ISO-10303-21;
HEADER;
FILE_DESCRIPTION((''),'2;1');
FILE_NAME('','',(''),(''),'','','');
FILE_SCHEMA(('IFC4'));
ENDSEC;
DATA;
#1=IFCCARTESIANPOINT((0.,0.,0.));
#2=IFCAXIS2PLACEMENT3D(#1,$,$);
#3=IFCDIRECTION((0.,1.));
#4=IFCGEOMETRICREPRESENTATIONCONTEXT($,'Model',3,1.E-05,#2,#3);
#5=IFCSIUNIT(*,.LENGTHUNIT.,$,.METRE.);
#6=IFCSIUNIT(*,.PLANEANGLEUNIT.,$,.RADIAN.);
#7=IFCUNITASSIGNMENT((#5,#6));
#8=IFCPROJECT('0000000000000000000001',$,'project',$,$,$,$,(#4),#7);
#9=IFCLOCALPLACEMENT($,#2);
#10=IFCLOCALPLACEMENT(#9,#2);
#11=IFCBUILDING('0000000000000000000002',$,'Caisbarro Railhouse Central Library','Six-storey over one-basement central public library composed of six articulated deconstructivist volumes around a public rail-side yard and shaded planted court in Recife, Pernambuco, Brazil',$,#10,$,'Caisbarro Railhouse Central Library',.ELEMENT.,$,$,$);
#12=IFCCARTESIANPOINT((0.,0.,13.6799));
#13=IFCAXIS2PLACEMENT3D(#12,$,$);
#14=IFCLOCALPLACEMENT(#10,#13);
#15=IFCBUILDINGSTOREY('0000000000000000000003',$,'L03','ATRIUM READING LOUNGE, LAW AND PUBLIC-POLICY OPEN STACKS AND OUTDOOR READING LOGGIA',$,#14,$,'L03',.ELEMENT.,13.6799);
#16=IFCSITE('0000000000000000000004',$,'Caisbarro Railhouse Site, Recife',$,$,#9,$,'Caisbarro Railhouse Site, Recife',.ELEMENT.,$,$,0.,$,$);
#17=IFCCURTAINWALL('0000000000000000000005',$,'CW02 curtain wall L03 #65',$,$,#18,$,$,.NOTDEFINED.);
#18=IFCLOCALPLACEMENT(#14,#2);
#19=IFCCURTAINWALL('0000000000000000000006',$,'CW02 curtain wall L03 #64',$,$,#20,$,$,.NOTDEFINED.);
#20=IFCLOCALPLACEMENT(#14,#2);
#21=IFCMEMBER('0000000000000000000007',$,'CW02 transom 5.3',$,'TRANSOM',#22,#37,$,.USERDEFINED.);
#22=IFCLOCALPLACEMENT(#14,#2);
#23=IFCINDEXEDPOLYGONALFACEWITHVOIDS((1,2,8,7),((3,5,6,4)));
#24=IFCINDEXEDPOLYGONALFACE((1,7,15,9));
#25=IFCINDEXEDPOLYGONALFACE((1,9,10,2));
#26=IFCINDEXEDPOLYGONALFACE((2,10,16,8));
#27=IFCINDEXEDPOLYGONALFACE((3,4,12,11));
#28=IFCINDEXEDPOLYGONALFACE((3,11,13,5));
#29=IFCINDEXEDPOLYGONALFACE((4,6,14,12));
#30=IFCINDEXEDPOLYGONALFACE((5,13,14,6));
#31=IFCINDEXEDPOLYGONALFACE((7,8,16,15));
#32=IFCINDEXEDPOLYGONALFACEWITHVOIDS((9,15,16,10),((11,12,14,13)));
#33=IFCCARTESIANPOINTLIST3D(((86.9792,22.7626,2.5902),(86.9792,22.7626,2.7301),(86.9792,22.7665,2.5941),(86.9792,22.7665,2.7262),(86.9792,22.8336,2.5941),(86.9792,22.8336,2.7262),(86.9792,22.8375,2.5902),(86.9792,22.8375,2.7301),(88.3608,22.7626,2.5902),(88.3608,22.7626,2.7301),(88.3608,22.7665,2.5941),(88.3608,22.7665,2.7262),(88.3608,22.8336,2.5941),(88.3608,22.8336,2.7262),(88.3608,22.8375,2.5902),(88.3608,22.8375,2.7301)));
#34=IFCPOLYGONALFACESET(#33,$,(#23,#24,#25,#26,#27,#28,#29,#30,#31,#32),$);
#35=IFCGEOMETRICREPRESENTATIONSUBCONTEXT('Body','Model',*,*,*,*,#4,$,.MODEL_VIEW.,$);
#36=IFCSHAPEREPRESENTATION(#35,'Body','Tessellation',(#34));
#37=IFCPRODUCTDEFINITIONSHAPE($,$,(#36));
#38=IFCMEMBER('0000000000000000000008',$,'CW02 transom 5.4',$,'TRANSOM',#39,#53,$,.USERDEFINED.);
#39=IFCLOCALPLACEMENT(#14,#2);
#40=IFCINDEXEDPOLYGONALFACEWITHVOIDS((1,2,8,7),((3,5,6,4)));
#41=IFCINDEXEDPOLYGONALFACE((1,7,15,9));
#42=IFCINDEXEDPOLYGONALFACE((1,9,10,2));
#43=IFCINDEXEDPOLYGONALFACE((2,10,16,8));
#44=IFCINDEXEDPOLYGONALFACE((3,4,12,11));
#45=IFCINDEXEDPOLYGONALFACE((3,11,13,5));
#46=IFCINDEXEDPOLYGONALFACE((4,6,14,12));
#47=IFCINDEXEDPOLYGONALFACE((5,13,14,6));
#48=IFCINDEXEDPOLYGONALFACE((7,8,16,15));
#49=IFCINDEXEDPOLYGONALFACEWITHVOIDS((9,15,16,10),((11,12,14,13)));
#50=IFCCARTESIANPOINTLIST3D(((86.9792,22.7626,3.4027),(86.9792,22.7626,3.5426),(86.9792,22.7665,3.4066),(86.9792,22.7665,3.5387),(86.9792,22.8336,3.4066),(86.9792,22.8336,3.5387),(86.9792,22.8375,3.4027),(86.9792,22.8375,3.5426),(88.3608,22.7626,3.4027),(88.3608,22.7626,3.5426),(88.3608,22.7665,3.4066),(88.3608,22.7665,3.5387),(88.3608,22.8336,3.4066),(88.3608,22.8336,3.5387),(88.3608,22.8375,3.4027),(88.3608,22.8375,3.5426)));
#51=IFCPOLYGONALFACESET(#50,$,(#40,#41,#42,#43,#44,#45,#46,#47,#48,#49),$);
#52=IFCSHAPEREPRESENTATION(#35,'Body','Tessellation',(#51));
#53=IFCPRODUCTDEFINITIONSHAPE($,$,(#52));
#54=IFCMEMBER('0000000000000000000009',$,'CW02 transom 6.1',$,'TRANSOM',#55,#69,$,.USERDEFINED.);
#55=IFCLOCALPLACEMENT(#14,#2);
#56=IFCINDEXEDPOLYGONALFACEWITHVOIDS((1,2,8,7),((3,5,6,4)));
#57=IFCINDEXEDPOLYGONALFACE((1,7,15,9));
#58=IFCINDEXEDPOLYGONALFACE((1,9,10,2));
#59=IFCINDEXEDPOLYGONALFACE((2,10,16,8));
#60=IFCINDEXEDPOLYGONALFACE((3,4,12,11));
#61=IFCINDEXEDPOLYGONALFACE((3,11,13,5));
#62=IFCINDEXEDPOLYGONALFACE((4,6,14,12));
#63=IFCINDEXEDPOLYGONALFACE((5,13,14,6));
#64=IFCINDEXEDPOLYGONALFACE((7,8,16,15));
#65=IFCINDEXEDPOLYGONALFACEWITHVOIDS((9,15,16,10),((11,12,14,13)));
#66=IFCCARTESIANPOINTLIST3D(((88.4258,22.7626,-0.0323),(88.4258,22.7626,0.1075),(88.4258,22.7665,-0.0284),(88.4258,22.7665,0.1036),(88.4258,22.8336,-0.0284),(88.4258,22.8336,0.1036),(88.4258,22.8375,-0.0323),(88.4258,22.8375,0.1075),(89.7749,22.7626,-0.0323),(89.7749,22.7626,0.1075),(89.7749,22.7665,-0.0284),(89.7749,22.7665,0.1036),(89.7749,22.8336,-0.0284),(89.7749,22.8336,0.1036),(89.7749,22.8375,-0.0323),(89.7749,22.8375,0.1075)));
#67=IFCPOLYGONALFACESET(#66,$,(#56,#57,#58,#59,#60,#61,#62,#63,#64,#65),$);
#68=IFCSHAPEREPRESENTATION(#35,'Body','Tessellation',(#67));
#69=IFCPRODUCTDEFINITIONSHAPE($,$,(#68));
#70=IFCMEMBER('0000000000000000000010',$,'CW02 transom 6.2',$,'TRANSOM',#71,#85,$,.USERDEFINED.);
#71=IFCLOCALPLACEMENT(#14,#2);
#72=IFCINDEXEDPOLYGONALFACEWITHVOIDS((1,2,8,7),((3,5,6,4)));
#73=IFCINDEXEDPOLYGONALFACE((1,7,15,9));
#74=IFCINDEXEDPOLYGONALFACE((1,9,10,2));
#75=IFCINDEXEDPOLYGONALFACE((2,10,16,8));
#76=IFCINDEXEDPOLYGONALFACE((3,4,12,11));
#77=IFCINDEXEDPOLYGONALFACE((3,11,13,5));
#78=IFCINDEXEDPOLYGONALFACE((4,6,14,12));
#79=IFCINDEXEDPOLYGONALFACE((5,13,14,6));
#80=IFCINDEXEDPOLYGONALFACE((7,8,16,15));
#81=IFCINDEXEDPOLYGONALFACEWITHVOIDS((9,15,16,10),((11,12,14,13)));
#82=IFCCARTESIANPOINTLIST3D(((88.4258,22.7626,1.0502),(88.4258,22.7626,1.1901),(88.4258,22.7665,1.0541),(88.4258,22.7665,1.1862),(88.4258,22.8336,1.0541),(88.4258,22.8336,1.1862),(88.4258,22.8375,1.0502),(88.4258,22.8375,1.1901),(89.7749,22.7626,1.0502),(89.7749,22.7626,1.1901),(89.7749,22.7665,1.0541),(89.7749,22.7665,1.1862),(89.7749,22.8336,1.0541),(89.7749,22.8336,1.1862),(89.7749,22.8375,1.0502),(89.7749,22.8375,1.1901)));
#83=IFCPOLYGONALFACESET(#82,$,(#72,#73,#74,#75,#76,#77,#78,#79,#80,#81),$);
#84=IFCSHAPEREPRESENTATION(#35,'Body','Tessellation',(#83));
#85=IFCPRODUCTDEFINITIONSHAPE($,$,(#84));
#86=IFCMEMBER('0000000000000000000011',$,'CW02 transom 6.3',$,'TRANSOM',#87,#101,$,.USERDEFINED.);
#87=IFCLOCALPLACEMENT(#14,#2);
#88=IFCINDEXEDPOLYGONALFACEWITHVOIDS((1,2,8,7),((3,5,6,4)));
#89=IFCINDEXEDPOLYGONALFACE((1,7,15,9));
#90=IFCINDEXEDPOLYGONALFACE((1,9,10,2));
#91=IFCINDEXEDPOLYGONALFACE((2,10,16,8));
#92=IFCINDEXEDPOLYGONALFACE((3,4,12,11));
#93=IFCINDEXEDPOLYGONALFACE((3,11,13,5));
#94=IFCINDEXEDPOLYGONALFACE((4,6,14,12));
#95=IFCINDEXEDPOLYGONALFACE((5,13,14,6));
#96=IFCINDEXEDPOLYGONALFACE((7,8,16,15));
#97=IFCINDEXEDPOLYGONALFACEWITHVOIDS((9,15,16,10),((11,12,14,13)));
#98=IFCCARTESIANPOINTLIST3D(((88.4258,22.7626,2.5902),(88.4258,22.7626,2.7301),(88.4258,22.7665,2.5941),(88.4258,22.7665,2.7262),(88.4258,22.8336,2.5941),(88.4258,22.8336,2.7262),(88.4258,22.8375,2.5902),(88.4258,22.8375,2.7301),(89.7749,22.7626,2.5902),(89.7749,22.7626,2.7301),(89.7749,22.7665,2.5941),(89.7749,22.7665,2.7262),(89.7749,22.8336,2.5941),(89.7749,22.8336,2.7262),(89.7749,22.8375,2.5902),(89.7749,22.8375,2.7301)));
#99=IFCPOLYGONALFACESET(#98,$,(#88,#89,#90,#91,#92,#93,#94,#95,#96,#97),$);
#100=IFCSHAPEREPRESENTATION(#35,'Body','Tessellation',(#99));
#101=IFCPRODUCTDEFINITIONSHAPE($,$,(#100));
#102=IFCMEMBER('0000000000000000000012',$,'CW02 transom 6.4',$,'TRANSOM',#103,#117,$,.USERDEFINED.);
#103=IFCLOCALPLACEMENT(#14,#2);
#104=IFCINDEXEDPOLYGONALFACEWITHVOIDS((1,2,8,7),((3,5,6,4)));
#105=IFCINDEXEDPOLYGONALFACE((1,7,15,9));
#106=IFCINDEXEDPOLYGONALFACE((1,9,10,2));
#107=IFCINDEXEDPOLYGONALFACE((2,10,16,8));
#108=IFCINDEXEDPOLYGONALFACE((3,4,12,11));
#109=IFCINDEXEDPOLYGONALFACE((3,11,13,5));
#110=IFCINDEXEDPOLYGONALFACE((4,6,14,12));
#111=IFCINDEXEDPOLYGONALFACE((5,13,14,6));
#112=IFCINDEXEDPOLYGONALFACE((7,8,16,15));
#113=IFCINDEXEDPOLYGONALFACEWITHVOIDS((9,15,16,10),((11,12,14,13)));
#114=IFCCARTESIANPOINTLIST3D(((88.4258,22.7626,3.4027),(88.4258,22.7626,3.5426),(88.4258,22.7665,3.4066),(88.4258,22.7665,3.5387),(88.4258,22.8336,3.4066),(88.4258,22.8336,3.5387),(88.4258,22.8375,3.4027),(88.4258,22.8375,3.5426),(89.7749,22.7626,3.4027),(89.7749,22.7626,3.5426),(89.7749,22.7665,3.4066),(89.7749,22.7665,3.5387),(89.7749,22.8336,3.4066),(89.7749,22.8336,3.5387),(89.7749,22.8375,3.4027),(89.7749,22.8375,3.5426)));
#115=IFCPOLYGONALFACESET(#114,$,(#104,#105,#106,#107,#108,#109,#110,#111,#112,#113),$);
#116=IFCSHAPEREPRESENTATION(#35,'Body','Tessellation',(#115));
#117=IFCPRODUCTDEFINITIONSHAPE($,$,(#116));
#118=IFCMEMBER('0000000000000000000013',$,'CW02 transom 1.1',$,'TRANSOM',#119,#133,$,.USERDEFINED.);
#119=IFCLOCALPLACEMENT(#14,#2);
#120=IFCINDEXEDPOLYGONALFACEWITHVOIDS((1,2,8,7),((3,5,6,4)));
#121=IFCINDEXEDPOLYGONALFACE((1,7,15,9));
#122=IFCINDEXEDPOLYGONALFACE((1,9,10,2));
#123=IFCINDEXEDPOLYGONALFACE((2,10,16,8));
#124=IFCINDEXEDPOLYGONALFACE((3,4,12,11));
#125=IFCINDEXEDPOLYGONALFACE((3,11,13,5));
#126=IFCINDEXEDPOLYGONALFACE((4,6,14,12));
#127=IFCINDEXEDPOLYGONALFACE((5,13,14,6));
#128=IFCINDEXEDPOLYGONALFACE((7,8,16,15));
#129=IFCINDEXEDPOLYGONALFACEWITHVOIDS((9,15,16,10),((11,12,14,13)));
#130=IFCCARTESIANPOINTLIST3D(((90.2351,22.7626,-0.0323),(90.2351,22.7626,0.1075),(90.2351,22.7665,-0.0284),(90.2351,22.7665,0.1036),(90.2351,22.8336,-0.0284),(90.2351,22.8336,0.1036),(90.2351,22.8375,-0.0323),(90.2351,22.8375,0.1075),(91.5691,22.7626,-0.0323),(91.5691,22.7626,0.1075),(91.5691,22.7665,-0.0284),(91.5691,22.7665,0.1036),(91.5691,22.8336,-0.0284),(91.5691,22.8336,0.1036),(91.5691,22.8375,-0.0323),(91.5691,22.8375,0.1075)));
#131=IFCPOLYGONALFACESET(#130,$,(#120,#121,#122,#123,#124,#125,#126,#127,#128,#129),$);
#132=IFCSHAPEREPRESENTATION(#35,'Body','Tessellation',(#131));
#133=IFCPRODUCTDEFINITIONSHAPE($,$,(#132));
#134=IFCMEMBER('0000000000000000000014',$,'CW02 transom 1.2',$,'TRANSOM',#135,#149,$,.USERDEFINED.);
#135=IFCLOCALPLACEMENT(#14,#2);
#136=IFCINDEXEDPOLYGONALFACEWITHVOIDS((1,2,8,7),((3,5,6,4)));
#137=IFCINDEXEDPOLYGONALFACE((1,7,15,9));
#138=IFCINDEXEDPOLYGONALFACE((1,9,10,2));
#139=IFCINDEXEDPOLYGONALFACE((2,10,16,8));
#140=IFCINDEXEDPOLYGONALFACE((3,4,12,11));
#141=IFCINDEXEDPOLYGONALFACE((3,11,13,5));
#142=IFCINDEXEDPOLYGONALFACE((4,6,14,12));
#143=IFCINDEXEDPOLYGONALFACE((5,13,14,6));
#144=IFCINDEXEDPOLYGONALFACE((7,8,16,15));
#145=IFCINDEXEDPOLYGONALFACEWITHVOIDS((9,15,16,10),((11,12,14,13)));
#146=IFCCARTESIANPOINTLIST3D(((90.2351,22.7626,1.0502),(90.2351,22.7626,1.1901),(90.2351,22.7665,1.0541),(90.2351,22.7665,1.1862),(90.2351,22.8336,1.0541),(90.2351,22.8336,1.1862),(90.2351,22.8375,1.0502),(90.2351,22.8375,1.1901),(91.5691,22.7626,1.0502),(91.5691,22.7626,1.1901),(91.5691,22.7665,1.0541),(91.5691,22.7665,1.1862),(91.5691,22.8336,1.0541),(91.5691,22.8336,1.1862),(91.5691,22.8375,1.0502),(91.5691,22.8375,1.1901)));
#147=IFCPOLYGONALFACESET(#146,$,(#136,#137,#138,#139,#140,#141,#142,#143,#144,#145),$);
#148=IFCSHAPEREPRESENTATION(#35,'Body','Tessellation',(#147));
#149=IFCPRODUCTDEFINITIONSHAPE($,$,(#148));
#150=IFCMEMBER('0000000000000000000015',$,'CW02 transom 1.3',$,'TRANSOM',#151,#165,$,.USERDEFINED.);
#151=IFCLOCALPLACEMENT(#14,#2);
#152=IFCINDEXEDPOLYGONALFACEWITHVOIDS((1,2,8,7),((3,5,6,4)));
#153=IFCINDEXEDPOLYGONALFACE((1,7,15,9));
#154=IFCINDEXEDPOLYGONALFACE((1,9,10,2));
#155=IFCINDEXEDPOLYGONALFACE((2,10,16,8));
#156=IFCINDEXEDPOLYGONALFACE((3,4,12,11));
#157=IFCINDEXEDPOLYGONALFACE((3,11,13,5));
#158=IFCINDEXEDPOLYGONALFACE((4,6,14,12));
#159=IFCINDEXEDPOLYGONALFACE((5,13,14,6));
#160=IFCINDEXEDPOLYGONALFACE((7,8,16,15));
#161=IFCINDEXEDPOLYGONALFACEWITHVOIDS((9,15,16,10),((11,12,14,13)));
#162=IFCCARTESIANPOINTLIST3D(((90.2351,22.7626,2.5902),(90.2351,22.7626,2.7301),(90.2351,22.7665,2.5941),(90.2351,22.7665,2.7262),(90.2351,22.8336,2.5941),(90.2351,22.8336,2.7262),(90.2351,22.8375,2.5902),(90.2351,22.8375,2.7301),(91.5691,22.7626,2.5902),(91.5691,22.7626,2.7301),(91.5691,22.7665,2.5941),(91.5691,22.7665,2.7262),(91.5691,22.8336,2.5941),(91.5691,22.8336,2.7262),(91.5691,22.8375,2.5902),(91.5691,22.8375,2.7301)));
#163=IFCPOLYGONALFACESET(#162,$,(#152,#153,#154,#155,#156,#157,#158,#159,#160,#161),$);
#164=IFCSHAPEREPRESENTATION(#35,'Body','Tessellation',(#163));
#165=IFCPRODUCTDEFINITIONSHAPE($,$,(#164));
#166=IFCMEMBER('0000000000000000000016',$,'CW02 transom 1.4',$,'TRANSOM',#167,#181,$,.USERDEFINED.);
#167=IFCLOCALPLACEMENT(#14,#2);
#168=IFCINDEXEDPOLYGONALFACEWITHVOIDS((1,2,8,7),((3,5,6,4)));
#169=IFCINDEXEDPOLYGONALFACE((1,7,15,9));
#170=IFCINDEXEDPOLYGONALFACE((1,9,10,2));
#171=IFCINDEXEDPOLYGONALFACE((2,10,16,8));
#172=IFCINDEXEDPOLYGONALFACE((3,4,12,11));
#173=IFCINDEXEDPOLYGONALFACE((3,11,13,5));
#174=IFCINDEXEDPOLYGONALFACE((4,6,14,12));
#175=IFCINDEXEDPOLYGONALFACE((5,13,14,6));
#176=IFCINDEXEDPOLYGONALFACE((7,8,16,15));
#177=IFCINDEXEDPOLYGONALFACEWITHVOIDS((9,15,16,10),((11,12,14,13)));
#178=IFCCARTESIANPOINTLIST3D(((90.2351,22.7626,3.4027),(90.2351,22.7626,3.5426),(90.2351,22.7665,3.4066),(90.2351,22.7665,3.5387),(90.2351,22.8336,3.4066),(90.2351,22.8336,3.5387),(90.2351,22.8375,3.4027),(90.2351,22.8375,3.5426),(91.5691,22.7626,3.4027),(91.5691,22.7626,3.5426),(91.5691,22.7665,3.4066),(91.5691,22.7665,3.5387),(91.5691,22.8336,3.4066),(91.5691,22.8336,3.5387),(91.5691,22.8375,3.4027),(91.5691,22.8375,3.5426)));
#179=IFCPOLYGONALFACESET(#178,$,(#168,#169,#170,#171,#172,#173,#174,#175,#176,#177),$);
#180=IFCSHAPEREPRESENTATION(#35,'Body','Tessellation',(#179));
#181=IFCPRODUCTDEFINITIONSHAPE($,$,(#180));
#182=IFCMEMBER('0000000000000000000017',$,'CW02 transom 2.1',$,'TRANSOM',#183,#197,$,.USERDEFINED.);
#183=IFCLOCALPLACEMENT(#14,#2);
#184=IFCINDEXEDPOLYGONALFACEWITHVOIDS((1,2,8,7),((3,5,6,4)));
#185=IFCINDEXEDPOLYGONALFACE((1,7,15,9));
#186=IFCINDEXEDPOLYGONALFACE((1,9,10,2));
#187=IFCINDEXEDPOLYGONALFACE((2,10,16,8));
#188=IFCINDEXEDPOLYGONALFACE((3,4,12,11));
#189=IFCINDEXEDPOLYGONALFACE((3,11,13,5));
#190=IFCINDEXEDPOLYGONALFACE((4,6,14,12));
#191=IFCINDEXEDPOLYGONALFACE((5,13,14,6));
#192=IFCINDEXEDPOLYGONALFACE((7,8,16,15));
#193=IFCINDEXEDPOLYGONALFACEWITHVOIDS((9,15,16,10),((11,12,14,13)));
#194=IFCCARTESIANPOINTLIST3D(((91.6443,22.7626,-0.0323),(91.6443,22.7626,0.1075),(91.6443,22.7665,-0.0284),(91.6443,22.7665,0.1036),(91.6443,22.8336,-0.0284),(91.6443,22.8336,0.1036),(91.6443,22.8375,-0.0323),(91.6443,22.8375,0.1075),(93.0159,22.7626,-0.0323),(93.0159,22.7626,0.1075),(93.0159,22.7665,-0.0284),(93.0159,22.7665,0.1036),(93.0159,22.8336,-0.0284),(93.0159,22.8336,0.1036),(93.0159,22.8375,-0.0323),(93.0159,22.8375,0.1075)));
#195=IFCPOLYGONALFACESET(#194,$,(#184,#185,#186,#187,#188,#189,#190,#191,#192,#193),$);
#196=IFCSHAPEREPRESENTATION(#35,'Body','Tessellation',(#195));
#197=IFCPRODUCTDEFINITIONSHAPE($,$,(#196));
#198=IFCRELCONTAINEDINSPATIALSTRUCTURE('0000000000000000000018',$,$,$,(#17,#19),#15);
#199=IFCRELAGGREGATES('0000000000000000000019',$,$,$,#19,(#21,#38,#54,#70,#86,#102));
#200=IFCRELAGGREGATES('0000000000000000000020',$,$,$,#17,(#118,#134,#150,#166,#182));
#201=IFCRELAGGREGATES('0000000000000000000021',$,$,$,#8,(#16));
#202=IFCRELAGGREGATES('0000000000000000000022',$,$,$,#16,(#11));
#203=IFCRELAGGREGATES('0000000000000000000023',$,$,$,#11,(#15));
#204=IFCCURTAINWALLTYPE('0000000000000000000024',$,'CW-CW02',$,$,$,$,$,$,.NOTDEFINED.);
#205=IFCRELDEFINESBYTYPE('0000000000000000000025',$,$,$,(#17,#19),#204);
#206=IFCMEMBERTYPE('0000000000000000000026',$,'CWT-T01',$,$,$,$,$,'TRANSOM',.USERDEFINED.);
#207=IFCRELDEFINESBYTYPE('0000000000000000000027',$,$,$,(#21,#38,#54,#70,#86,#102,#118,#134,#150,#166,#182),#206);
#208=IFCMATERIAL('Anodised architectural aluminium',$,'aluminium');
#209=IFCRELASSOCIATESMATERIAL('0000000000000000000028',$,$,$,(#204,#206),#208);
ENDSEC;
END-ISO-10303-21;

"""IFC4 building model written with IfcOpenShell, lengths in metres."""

from ifc_helpers import new_model, si_unit, direction, frame, origin, origin_2d, place, context, subcontext, project, spatial, hollow_rectangle, extrude, material, material_profile, profile_set, type_object, element, aggregate, save


model = new_model("IFC4")

# Units and contexts
model_context = context("Model", 3, precision=1e-05, world=origin(), true_north=direction((0.0, 1.0)))
body_context = subcontext(model_context, "Body", "Model", "MODEL_VIEW")
ifc_project = project(units=[si_unit("LENGTHUNIT", "METRE"), si_unit("PLANEANGLEUNIT", "RADIAN")], contexts=[model_context])

# Site, building, storey
site_placement = place(None, origin())
site = spatial("IfcSite", under=ifc_project, at=site_placement, Name="Caisbarro Railhouse Site, Recife", LongName="Caisbarro Railhouse Site, Recife", CompositionType="ELEMENT", RefElevation=0.0)
building_placement = place(site_placement, origin())
building = spatial("IfcBuilding", under=site, at=building_placement, Name="Caisbarro Railhouse Central Library", Description="Six-storey over one-basement central public library composed of six articulated deconstructivist volumes around a public rail-side yard and shaded planted court in Recife, Pernambuco, Brazil", LongName="Caisbarro Railhouse Central Library", CompositionType="ELEMENT")
storey_placement = place(building_placement, frame((0.0, 0.0, 13.6799)))
storey = spatial("IfcBuildingStorey", under=building, at=storey_placement, Name="L03", Description="ATRIUM READING LOUNGE, LAW AND PUBLIC-POLICY OPEN STACKS AND OUTDOOR READING LOGGIA", LongName="L03", CompositionType="ELEMENT", Elevation=13.6799)

# Curtain walls, members
ifc_material_1 = material(Name="Anodised architectural aluminium", Category="aluminium")
curtain_wall_type = type_object("IfcCurtainWallType", Name="CW-CW02", PredefinedType="NOTDEFINED", material=ifc_material_1)
curtain_wall_1_placement = place(storey_placement, origin())
curtain_wall_1 = element("IfcCurtainWall", 1, at=curtain_wall_1_placement, inside=storey, type_object=curtain_wall_type, Name="CW02 curtain wall L03 #65", PredefinedType="NOTDEFINED")
curtain_wall_2_placement = place(storey_placement, origin())
curtain_wall_2 = element("IfcCurtainWall", 2, at=curtain_wall_2_placement, inside=storey, type_object=curtain_wall_type, Name="CW02 curtain wall L03 #64", PredefinedType="NOTDEFINED")
ifc_material_profile_1 = material_profile(ifc_material_1, hollow_rectangle(XDim=0.075, YDim=0.1399, WallThickness=0.0039, at=origin_2d()), Name="ALU-TRN-75X140")
ifc_profile_set_1 = profile_set([ifc_material_profile_1], Name="Anodised architectural aluminium")
member_type_1 = type_object("IfcMemberType", Name="CWT-T01", ElementType="TRANSOM", PredefinedType="USERDEFINED", material=ifc_profile_set_1)
member_1_placement = place(storey_placement, frame((86.9792, 22.8, 2.6602), z_axis=(1.0, 0.0, 0.0), x_axis=(0.0, 1.0, 0.0)))
member_1 = element("IfcMember", 3, at=member_1_placement, type_object=member_type_1, Name="CW02 transom 5.3", ObjectType="TRANSOM", PredefinedType="USERDEFINED", context=body_context, shape_type="SweptSolid", body=[
    extrude(hollow_rectangle(XDim=0.075, YDim=0.1399, WallThickness=0.0039, at=origin_2d()), origin(), (0.0, 0.0, 1.0), 1.3816),
])
member_2_placement = place(storey_placement, frame((86.9792, 22.8, 3.4727), z_axis=(1.0, 0.0, 0.0), x_axis=(0.0, 1.0, 0.0)))
member_2 = element("IfcMember", 4, at=member_2_placement, type_object=member_type_1, Name="CW02 transom 5.4", ObjectType="TRANSOM", PredefinedType="USERDEFINED", context=body_context, shape_type="SweptSolid", body=[
    extrude(hollow_rectangle(XDim=0.075, YDim=0.1399, WallThickness=0.0039, at=origin_2d()), origin(), (0.0, 0.0, 1.0), 1.3816),
])
member_3_placement = place(storey_placement, frame((88.4258, 22.8, 0.0376), z_axis=(1.0, 0.0, 0.0), x_axis=(0.0, 1.0, 0.0)))
member_3 = element("IfcMember", 5, at=member_3_placement, type_object=member_type_1, Name="CW02 transom 6.1", ObjectType="TRANSOM", PredefinedType="USERDEFINED", context=body_context, shape_type="SweptSolid", body=[
    extrude(hollow_rectangle(XDim=0.075, YDim=0.1399, WallThickness=0.0039, at=origin_2d()), origin(), (0.0, 0.0, 1.0), 1.3491),
])
member_4_placement = place(storey_placement, frame((88.4258, 22.8, 1.1201), z_axis=(1.0, 0.0, 0.0), x_axis=(0.0, 1.0, 0.0)))
member_4 = element("IfcMember", 6, at=member_4_placement, type_object=member_type_1, Name="CW02 transom 6.2", ObjectType="TRANSOM", PredefinedType="USERDEFINED", context=body_context, shape_type="SweptSolid", body=[
    extrude(hollow_rectangle(XDim=0.075, YDim=0.1399, WallThickness=0.0039, at=origin_2d()), origin(), (0.0, 0.0, 1.0), 1.3491),
])
member_5_placement = place(storey_placement, frame((88.4258, 22.8, 2.6602), z_axis=(1.0, 0.0, 0.0), x_axis=(0.0, 1.0, 0.0)))
member_5 = element("IfcMember", 7, at=member_5_placement, type_object=member_type_1, Name="CW02 transom 6.3", ObjectType="TRANSOM", PredefinedType="USERDEFINED", context=body_context, shape_type="SweptSolid", body=[
    extrude(hollow_rectangle(XDim=0.075, YDim=0.1399, WallThickness=0.0039, at=origin_2d()), origin(), (0.0, 0.0, 1.0), 1.3491),
])
member_6_placement = place(storey_placement, frame((88.4258, 22.8, 3.4727), z_axis=(1.0, 0.0, 0.0), x_axis=(0.0, 1.0, 0.0)))
member_6 = element("IfcMember", 8, at=member_6_placement, type_object=member_type_1, Name="CW02 transom 6.4", ObjectType="TRANSOM", PredefinedType="USERDEFINED", context=body_context, shape_type="SweptSolid", body=[
    extrude(hollow_rectangle(XDim=0.075, YDim=0.1399, WallThickness=0.0039, at=origin_2d()), origin(), (0.0, 0.0, 1.0), 1.3491),
])

# Members
member_7_placement = place(storey_placement, frame((90.2351, 22.8, 0.0376), z_axis=(1.0, 0.0, 0.0), x_axis=(0.0, 1.0, 0.0)))
member_7 = element("IfcMember", 9, at=member_7_placement, type_object=member_type_1, Name="CW02 transom 1.1", ObjectType="TRANSOM", PredefinedType="USERDEFINED", context=body_context, shape_type="SweptSolid", body=[
    extrude(hollow_rectangle(XDim=0.075, YDim=0.1399, WallThickness=0.0039, at=origin_2d()), origin(), (0.0, 0.0, 1.0), 1.334),
])
member_8_placement = place(storey_placement, frame((90.2351, 22.8, 1.1201), z_axis=(1.0, 0.0, 0.0), x_axis=(0.0, 1.0, 0.0)))
member_8 = element("IfcMember", 10, at=member_8_placement, type_object=member_type_1, Name="CW02 transom 1.2", ObjectType="TRANSOM", PredefinedType="USERDEFINED", context=body_context, shape_type="SweptSolid", body=[
    extrude(hollow_rectangle(XDim=0.075, YDim=0.1399, WallThickness=0.0039, at=origin_2d()), origin(), (0.0, 0.0, 1.0), 1.334),
])
member_9_placement = place(storey_placement, frame((90.2351, 22.8, 2.6602), z_axis=(1.0, 0.0, 0.0), x_axis=(0.0, 1.0, 0.0)))
member_9 = element("IfcMember", 11, at=member_9_placement, type_object=member_type_1, Name="CW02 transom 1.3", ObjectType="TRANSOM", PredefinedType="USERDEFINED", context=body_context, shape_type="SweptSolid", body=[
    extrude(hollow_rectangle(XDim=0.075, YDim=0.1399, WallThickness=0.0039, at=origin_2d()), origin(), (0.0, 0.0, 1.0), 1.334),
])
member_10_placement = place(storey_placement, frame((90.2351, 22.8, 3.4727), z_axis=(1.0, 0.0, 0.0), x_axis=(0.0, 1.0, 0.0)))
member_10 = element("IfcMember", 12, at=member_10_placement, type_object=member_type_1, Name="CW02 transom 1.4", ObjectType="TRANSOM", PredefinedType="USERDEFINED", context=body_context, shape_type="SweptSolid", body=[
    extrude(hollow_rectangle(XDim=0.075, YDim=0.1399, WallThickness=0.0039, at=origin_2d()), origin(), (0.0, 0.0, 1.0), 1.334),
])
member_11_placement = place(storey_placement, frame((91.6443, 22.8, 0.0376), z_axis=(1.0, 0.0, 0.0), x_axis=(0.0, 1.0, 0.0)))
member_11 = element("IfcMember", 13, at=member_11_placement, type_object=member_type_1, Name="CW02 transom 2.1", ObjectType="TRANSOM", PredefinedType="USERDEFINED", context=body_context, shape_type="SweptSolid", body=[
    extrude(hollow_rectangle(XDim=0.075, YDim=0.1399, WallThickness=0.0039, at=origin_2d()), origin(), (0.0, 0.0, 1.0), 1.3716),
])

aggregate(curtain_wall_2, [member_1, member_2, member_3, member_4, member_5, member_6])
aggregate(curtain_wall_1, [member_7, member_8, member_9, member_10, member_11])

save(model, "model.ifc")
